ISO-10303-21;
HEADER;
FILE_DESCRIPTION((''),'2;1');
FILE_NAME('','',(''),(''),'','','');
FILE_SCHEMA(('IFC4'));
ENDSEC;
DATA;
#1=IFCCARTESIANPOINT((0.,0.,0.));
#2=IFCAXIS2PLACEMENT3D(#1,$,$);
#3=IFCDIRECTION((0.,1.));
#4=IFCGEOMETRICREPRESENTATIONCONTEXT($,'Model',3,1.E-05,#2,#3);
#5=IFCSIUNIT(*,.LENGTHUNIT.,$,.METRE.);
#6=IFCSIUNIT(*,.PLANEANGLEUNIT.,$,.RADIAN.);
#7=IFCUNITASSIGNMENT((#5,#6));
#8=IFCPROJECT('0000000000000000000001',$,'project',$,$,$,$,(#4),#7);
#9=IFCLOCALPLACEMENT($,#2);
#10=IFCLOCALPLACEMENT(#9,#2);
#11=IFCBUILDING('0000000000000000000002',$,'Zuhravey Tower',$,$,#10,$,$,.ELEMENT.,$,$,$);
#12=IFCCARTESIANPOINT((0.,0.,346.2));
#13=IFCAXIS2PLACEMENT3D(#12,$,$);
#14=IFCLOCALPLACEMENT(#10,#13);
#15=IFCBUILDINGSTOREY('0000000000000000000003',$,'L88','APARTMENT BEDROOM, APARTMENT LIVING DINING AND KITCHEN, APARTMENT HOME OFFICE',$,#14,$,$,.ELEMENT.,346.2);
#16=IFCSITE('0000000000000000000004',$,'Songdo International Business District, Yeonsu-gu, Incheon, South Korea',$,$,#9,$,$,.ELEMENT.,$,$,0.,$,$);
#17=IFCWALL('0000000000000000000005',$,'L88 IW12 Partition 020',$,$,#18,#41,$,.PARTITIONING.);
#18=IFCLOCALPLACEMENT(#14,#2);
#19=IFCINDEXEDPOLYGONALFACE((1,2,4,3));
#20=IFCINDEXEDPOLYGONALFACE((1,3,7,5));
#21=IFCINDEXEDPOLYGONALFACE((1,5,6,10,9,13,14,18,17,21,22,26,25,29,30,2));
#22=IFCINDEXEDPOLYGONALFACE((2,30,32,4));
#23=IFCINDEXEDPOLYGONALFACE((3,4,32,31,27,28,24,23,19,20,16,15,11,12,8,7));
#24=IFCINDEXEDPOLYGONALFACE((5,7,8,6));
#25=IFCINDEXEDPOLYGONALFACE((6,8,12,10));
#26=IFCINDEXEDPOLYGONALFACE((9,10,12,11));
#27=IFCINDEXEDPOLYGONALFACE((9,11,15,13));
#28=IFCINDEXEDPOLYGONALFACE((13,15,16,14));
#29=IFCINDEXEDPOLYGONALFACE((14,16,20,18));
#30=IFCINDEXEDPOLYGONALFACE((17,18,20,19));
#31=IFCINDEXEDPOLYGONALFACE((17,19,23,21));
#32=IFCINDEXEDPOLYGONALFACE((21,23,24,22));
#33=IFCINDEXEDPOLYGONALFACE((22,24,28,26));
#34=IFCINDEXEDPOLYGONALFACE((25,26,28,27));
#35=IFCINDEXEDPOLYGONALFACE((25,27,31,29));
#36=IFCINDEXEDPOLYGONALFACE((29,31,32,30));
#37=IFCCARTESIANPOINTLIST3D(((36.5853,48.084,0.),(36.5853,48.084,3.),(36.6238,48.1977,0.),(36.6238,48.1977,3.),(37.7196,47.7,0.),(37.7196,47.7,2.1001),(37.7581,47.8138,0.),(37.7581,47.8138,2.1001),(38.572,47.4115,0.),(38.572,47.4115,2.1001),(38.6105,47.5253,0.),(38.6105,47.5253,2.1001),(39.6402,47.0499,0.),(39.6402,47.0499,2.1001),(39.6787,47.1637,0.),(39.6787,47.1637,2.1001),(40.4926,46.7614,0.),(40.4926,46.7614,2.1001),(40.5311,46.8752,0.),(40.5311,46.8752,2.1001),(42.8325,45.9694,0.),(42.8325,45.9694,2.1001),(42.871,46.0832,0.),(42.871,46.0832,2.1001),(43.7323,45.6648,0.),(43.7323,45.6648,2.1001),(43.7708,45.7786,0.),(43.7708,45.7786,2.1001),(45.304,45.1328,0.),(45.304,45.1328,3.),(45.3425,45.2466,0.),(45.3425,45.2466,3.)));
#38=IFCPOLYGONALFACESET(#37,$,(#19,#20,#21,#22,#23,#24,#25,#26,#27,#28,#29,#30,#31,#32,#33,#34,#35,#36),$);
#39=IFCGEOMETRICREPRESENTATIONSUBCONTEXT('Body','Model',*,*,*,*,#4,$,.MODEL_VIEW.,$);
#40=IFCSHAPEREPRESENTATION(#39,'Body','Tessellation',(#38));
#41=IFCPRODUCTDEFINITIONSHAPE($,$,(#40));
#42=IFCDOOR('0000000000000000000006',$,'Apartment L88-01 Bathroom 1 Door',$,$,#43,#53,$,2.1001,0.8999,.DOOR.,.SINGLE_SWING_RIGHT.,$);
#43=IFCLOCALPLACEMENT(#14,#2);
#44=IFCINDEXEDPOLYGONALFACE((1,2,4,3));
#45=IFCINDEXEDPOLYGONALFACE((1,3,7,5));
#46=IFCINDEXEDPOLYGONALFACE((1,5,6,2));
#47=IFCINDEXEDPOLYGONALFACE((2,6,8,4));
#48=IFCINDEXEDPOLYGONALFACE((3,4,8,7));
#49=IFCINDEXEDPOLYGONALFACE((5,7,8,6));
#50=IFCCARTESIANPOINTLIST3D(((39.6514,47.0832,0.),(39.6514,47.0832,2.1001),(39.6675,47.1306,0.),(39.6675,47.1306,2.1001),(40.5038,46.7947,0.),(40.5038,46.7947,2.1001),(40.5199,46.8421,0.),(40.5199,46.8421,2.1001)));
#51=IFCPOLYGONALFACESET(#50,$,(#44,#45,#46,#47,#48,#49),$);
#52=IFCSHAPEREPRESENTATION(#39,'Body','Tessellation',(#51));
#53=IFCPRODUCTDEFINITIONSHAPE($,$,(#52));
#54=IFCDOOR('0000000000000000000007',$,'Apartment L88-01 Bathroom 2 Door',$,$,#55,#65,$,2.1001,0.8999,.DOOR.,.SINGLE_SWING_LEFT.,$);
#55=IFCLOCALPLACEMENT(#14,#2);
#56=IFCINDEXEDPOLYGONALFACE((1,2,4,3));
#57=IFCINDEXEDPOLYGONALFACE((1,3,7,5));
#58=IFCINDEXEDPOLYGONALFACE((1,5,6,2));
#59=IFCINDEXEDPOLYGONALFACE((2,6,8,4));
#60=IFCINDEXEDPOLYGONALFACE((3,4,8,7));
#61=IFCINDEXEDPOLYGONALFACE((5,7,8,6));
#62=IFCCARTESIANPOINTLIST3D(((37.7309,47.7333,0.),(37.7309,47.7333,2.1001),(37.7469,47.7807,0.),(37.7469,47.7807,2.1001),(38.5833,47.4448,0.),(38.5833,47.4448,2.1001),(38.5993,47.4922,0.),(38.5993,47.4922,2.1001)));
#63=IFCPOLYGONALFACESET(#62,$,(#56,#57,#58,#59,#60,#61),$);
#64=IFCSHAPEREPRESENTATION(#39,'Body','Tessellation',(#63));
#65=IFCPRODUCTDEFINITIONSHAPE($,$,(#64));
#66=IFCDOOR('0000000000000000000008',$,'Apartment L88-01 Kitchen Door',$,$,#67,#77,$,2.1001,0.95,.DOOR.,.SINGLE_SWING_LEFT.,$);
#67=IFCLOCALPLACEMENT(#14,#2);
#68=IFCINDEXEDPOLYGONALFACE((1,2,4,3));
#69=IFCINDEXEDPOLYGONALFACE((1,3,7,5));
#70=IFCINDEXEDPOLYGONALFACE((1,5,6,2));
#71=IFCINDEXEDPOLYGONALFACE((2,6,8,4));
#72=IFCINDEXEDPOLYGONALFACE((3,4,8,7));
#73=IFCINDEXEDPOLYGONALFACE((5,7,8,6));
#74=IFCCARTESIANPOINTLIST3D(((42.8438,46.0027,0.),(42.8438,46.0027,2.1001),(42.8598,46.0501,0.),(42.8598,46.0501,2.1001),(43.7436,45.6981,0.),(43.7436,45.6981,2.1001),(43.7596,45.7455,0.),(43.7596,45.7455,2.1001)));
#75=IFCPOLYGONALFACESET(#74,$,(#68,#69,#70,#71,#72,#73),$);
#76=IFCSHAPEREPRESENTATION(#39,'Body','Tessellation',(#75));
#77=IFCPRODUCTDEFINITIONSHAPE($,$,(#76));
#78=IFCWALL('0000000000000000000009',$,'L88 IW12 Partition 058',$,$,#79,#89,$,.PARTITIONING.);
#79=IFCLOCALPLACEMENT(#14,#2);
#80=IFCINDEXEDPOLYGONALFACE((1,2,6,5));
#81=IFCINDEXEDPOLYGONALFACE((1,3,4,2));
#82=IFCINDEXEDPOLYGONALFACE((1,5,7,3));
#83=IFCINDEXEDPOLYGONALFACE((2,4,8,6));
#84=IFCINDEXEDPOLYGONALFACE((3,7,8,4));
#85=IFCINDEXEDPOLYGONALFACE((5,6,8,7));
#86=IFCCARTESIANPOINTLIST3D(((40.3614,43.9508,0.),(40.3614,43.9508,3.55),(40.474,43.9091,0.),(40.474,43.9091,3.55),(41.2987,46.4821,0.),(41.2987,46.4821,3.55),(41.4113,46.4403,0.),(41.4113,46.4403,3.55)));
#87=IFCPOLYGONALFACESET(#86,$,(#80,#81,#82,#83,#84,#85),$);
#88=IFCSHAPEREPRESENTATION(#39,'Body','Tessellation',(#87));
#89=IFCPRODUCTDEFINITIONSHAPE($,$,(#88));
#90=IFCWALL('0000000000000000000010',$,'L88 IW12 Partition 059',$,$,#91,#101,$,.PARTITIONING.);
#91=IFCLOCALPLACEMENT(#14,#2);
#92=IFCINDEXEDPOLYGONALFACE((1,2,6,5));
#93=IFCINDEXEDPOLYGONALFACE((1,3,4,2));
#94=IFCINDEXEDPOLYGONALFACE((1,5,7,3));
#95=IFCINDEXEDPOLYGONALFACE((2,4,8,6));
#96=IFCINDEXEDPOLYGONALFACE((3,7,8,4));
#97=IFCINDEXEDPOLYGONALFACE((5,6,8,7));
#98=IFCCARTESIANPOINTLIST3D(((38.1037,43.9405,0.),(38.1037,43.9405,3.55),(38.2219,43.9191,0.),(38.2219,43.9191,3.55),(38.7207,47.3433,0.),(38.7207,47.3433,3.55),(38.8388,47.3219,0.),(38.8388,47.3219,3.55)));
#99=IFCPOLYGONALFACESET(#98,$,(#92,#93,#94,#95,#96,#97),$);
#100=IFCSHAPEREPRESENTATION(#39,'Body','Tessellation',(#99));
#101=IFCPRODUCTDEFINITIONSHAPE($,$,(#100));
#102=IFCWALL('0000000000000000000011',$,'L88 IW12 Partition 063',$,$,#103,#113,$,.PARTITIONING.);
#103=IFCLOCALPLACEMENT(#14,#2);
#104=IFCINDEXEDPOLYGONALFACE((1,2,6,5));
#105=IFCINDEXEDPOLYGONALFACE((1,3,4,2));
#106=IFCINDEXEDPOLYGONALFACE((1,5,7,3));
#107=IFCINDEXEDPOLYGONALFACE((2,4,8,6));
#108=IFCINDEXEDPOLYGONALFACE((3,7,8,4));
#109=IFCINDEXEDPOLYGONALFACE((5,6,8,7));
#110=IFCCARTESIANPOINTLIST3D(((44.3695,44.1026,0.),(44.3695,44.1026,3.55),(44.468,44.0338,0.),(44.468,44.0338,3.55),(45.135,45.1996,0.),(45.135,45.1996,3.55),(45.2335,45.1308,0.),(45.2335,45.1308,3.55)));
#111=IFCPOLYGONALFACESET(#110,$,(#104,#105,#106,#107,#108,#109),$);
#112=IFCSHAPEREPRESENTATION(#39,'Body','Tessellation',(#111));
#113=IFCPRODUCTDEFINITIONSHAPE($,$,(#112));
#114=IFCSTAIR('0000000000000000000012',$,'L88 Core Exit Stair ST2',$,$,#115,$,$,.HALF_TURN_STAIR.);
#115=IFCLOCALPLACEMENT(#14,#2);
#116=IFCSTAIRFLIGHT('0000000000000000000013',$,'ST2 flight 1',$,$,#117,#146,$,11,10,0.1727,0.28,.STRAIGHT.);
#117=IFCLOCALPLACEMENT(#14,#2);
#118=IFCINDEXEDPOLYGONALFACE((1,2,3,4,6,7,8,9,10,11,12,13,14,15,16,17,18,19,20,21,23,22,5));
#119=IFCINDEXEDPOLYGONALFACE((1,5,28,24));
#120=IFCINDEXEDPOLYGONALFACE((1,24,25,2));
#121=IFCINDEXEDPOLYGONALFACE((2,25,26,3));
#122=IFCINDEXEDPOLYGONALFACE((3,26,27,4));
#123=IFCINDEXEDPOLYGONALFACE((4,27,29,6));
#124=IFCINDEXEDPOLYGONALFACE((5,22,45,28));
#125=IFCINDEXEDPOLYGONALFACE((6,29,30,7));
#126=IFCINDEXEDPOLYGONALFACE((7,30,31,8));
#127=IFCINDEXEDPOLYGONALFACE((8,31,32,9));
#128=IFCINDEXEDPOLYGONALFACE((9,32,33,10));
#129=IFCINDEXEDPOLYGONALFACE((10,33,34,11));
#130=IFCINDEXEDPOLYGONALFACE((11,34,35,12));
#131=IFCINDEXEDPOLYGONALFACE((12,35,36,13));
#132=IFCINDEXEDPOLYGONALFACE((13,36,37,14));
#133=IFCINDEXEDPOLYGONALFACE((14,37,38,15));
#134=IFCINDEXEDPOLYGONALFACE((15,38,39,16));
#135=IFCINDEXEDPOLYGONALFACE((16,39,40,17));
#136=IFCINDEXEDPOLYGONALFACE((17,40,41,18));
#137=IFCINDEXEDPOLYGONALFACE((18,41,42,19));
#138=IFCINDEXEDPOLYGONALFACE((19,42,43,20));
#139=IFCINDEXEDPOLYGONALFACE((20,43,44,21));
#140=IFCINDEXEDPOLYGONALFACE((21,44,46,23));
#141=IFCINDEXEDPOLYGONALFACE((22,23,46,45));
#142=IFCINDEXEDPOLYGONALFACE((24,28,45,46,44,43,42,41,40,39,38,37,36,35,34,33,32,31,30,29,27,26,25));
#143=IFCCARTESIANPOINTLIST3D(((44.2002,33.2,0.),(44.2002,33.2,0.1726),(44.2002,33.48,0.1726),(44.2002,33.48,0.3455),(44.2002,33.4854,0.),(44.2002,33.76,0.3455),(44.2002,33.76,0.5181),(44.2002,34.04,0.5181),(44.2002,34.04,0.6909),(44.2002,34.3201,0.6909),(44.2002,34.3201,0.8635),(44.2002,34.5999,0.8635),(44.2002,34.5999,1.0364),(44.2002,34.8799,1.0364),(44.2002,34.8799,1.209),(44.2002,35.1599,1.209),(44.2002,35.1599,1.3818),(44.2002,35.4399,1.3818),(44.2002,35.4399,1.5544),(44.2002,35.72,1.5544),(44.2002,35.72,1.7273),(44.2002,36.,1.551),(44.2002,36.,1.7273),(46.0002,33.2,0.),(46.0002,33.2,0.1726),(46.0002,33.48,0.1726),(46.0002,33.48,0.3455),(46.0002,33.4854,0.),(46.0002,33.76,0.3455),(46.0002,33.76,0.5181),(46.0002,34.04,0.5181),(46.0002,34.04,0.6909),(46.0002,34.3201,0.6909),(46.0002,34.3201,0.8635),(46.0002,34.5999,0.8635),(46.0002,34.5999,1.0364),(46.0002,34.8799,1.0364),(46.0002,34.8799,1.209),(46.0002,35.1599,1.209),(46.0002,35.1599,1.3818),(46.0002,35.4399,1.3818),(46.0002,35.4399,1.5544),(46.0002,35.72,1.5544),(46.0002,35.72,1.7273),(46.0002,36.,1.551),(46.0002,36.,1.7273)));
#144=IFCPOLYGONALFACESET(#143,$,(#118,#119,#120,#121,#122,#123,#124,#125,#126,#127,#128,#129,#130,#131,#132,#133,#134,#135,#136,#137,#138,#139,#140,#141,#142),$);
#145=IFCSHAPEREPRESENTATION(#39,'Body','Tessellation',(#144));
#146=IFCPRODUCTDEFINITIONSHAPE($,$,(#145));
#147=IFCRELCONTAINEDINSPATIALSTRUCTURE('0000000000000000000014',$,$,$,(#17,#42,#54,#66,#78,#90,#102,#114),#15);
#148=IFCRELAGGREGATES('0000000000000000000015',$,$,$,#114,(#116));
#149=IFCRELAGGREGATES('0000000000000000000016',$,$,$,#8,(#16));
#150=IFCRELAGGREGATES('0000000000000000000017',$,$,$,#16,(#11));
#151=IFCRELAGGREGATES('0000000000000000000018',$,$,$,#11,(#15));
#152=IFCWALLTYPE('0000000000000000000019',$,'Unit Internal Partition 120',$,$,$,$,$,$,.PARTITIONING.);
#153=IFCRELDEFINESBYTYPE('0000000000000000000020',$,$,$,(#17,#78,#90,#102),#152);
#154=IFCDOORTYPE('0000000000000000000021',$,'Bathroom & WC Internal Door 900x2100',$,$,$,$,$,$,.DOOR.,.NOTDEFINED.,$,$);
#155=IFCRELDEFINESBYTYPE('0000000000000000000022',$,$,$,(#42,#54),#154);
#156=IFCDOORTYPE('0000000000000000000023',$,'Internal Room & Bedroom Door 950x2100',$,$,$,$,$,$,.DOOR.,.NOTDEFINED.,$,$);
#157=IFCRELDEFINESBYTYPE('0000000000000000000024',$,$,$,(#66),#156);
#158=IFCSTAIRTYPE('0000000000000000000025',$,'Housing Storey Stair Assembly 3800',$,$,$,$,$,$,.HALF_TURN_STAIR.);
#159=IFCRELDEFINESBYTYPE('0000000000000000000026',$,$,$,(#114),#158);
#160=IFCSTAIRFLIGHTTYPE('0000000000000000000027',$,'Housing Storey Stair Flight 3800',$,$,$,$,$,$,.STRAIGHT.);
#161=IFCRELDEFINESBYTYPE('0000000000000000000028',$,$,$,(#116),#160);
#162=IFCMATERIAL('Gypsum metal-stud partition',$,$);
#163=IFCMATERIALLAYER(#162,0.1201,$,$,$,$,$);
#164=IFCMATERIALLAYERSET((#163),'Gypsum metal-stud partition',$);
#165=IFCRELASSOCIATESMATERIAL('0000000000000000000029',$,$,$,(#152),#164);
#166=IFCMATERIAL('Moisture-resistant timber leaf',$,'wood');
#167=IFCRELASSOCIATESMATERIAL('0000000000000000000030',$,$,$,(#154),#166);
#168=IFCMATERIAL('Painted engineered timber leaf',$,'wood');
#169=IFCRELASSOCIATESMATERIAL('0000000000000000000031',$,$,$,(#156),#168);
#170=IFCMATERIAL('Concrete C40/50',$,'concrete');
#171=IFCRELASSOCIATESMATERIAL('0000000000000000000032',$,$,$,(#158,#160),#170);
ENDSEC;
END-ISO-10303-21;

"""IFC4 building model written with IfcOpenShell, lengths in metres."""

from ifc_helpers import new_model, si_unit, direction, frame, frame_2d, origin, place, context, subcontext, project, spatial, polyline, rectangle, outline, extrude, material, layer, layer_set, type_object, element, fill, aggregate, save


model = new_model("IFC4")

# Units and contexts
model_context = context("Model", 3, precision=1e-05, world=origin(), true_north=direction((0.0, 1.0)))
body_context = subcontext(model_context, "Body", "Model", "MODEL_VIEW")
ifc_project = project(units=[si_unit("LENGTHUNIT", "METRE"), si_unit("PLANEANGLEUNIT", "RADIAN")], contexts=[model_context])

# Site, building, storey
site_placement = place(None, origin())
site = spatial("IfcSite", under=ifc_project, at=site_placement, Name="Songdo International Business District, Yeonsu-gu, Incheon, South Korea", CompositionType="ELEMENT", RefElevation=0.0)
building_placement = place(site_placement, origin())
building = spatial("IfcBuilding", under=site, at=building_placement, Name="Zuhravey Tower", CompositionType="ELEMENT")
storey_placement = place(building_placement, frame((0.0, 0.0, 346.2)))
storey = spatial("IfcBuildingStorey", under=building, at=storey_placement, Name="L88", Description="APARTMENT BEDROOM, APARTMENT LIVING DINING AND KITCHEN, APARTMENT HOME OFFICE", CompositionType="ELEMENT", Elevation=346.2)

# Wall, openings, doors
ifc_material_1 = material(Name="Gypsum metal-stud partition")
ifc_layer_1 = layer(ifc_material_1, 0.1201)
ifc_layer_set_1 = layer_set([ifc_layer_1], Name="Gypsum metal-stud partition")
wall_type_1 = type_object("IfcWallType", Name="Unit Internal Partition 120", PredefinedType="PARTITIONING", material=ifc_layer_set_1)
wall_1_placement = place(storey_placement, frame((45.3232, 45.1897, 0.0), z_axis=(0.0, 0.0, 1.0), x_axis=(-0.947209, 0.320617, 0.0)))
wall_1 = element("IfcWall", 1, at=wall_1_placement, inside=storey, type_object=wall_type_1, Name="L88 IW12 Partition 020", PredefinedType="PARTITIONING", context=body_context, shape_type="SweptSolid", body=[
    extrude(rectangle(XDim=9.2046, YDim=0.1201, at=frame_2d((4.6023, 0.0))), origin(), (0.0, 0.0, 1.0), 3.0),
])
opening_1_placement = place(wall_1_placement, frame((1.6592, 0.0, 0.0)))
opening_1 = element("IfcOpeningElement", 2, at=opening_1_placement, cuts=wall_1, PredefinedType="OPENING", context=body_context, shape_type="SweptSolid", body=[
    extrude(rectangle(XDim=0.95, YDim=2.1001, at=frame_2d((0.4751, 1.05))), frame((0.0, 0.072, 0.0), z_axis=(0.0, -1.0, 0.0), x_axis=(1.0, 0.0, 0.0)), (0.0, 0.0, 1.0), 0.144),
])
opening_2_placement = place(wall_1_placement, frame((5.0796, 0.0, 0.0)))
opening_2 = element("IfcOpeningElement", 3, at=opening_2_placement, cuts=wall_1, PredefinedType="OPENING", context=body_context, shape_type="SweptSolid", body=[
    extrude(rectangle(XDim=0.8999, YDim=2.1001, at=frame_2d((0.45, 1.05))), frame((0.0, 0.072, 0.0), z_axis=(0.0, -1.0, 0.0), x_axis=(1.0, 0.0, 0.0)), (0.0, 0.0, 1.0), 0.144),
])
opening_3_placement = place(wall_1_placement, frame((7.1072, 0.0, 0.0)))
opening_3 = element("IfcOpeningElement", 4, at=opening_3_placement, cuts=wall_1, PredefinedType="OPENING", context=body_context, shape_type="SweptSolid", body=[
    extrude(rectangle(XDim=0.8999, YDim=2.1001, at=frame_2d((0.45, 1.05))), frame((0.0, 0.072, 0.0), z_axis=(0.0, -1.0, 0.0), x_axis=(1.0, 0.0, 0.0)), (0.0, 0.0, 1.0), 0.144),
])
ifc_material_2 = material(Name="Moisture-resistant timber leaf", Category="wood")
door_type_1 = type_object("IfcDoorType", Name="Bathroom & WC Internal Door 900x2100", OperationType="NOTDEFINED", PredefinedType="DOOR", material=ifc_material_2)
door_1_placement = place(opening_2_placement, origin())
door_1 = element("IfcDoor", 5, at=door_1_placement, inside=storey, type_object=door_type_1, Name="Apartment L88-01 Bathroom 1 Door", OperationType="SINGLE_SWING_RIGHT", OverallHeight=2.1001, OverallWidth=0.8999, PredefinedType="DOOR", context=body_context, shape_type="SweptSolid", body=[
    extrude(rectangle(XDim=0.8999, YDim=2.1001, at=frame_2d((0.45, 1.05))), frame((0.0, 0.0249, 0.0), z_axis=(0.0, -1.0, 0.0), x_axis=(1.0, 0.0, 0.0)), (0.0, 0.0, 1.0), 0.05),
])
fill(opening_2, door_1)
door_2_placement = place(opening_3_placement, origin())
door_2 = element("IfcDoor", 6, at=door_2_placement, inside=storey, type_object=door_type_1, Name="Apartment L88-01 Bathroom 2 Door", OperationType="SINGLE_SWING_LEFT", OverallHeight=2.1001, OverallWidth=0.8999, PredefinedType="DOOR", context=body_context, shape_type="SweptSolid", body=[
    extrude(rectangle(XDim=0.8999, YDim=2.1001, at=frame_2d((0.45, 1.05))), frame((0.0, 0.0249, 0.0), z_axis=(0.0, -1.0, 0.0), x_axis=(1.0, 0.0, 0.0)), (0.0, 0.0, 1.0), 0.05),
])
fill(opening_3, door_2)
ifc_material_3 = material(Name="Painted engineered timber leaf", Category="wood")
door_type_2 = type_object("IfcDoorType", Name="Internal Room & Bedroom Door 950x2100", OperationType="NOTDEFINED", PredefinedType="DOOR", material=ifc_material_3)
door_3_placement = place(opening_1_placement, origin())
door_3 = element("IfcDoor", 7, at=door_3_placement, inside=storey, type_object=door_type_2, Name="Apartment L88-01 Kitchen Door", OperationType="SINGLE_SWING_LEFT", OverallHeight=2.1001, OverallWidth=0.95, PredefinedType="DOOR", context=body_context, shape_type="SweptSolid", body=[
    extrude(rectangle(XDim=0.95, YDim=2.1001, at=frame_2d((0.4751, 1.05))), frame((0.0, 0.0249, 0.0), z_axis=(0.0, -1.0, 0.0), x_axis=(1.0, 0.0, 0.0)), (0.0, 0.0, 1.0), 0.05),
])
fill(opening_1, door_3)

# Walls
wall_2_placement = place(storey_placement, frame((40.4177, 43.9299, 0.0), z_axis=(0.0, 0.0, 1.0), x_axis=(0.347235, 0.937778, 0.0)))
element("IfcWall", 8, at=wall_2_placement, inside=storey, type_object=wall_type_1, Name="L88 IW12 Partition 058", PredefinedType="PARTITIONING", context=body_context, shape_type="SweptSolid", body=[
    extrude(rectangle(XDim=2.6992, YDim=0.1201, at=frame_2d((1.3496, 0.0))), origin(), (0.0, 0.0, 1.0), 3.55),
])
wall_3_placement = place(storey_placement, frame((38.1628, 43.9299, 0.0), z_axis=(0.0, 0.0, 1.0), x_axis=(0.178395, 0.983959, 0.0)))
element("IfcWall", 9, at=wall_3_placement, inside=storey, type_object=wall_type_1, Name="L88 IW12 Partition 059", PredefinedType="PARTITIONING", context=body_context, shape_type="SweptSolid", body=[
    extrude(rectangle(XDim=3.4583, YDim=0.1201, at=frame_2d((1.729, 0.0))), origin(), (0.0, 0.0, 1.0), 3.55),
])
wall_4_placement = place(storey_placement, frame((44.4187, 44.0681, 0.0), z_axis=(0.0, 0.0, 1.0), x_axis=(0.572224, 0.820097, 0.0)))
element("IfcWall", 10, at=wall_4_placement, inside=storey, type_object=wall_type_1, Name="L88 IW12 Partition 063", PredefinedType="PARTITIONING", context=body_context, shape_type="SweptSolid", body=[
    extrude(rectangle(XDim=1.3376, YDim=0.1201, at=frame_2d((0.6689, 0.0))), origin(), (0.0, 0.0, 1.0), 3.55),
])

# Stair, stair flight
ifc_material_4 = material(Name="Concrete C40/50", Category="concrete")
stair_type = type_object("IfcStairType", Name="Housing Storey Stair Assembly 3800", PredefinedType="HALF_TURN_STAIR", material=ifc_material_4)
stair_placement = place(storey_placement, origin())
stair = element("IfcStair", 11, at=stair_placement, inside=storey, type_object=stair_type, Name="L88 Core Exit Stair ST2", PredefinedType="HALF_TURN_STAIR")
stair_flight_type = type_object("IfcStairFlightType", Name="Housing Storey Stair Flight 3800", PredefinedType="STRAIGHT", material=ifc_material_4)
stair_flight_1_placement = place(storey_placement, frame((45.1001, 33.2, 0.0), z_axis=(0.0, 0.0, 1.0), x_axis=(0.0, 1.0, 0.0)))
stair_flight_1 = element("IfcStairFlight", 12, at=stair_flight_1_placement, type_object=stair_flight_type, Name="ST2 flight 1", NumberOfRisers=11, NumberOfTreads=10, PredefinedType="STRAIGHT", RiserHeight=0.1727, TreadLength=0.28, context=body_context, shape_type="SweptSolid", body=[
    extrude(outline(polyline([(0.0, 0.0), (0.0, 0.1726), (0.28, 0.1726), (0.28, 0.3455), (0.5601, 0.3455), (0.5601, 0.5181), (0.8401, 0.5181), (0.8401, 0.6909), (1.1201, 0.6909), (1.1201, 0.8635), (1.3999, 0.8635), (1.3999, 1.0364), (1.6799, 1.0364), (1.6799, 1.209), (1.96, 1.209), (1.96, 1.3818), (2.24, 1.3818), (2.24, 1.5544), (2.52, 1.5544), (2.52, 1.7273), (2.8, 1.7273), (2.8, 1.8999), (2.8, 1.551), (0.2854, 0.0), (0.0, 0.0)])), frame((0.0, 0.8999, 0.0), z_axis=(0.0, -1.0, 0.0), x_axis=(1.0, 0.0, 0.0)), (0.0, 0.0, 1.0), 1.8),
])
aggregate(stair, [stair_flight_1])

save(model, "model.ifc")
